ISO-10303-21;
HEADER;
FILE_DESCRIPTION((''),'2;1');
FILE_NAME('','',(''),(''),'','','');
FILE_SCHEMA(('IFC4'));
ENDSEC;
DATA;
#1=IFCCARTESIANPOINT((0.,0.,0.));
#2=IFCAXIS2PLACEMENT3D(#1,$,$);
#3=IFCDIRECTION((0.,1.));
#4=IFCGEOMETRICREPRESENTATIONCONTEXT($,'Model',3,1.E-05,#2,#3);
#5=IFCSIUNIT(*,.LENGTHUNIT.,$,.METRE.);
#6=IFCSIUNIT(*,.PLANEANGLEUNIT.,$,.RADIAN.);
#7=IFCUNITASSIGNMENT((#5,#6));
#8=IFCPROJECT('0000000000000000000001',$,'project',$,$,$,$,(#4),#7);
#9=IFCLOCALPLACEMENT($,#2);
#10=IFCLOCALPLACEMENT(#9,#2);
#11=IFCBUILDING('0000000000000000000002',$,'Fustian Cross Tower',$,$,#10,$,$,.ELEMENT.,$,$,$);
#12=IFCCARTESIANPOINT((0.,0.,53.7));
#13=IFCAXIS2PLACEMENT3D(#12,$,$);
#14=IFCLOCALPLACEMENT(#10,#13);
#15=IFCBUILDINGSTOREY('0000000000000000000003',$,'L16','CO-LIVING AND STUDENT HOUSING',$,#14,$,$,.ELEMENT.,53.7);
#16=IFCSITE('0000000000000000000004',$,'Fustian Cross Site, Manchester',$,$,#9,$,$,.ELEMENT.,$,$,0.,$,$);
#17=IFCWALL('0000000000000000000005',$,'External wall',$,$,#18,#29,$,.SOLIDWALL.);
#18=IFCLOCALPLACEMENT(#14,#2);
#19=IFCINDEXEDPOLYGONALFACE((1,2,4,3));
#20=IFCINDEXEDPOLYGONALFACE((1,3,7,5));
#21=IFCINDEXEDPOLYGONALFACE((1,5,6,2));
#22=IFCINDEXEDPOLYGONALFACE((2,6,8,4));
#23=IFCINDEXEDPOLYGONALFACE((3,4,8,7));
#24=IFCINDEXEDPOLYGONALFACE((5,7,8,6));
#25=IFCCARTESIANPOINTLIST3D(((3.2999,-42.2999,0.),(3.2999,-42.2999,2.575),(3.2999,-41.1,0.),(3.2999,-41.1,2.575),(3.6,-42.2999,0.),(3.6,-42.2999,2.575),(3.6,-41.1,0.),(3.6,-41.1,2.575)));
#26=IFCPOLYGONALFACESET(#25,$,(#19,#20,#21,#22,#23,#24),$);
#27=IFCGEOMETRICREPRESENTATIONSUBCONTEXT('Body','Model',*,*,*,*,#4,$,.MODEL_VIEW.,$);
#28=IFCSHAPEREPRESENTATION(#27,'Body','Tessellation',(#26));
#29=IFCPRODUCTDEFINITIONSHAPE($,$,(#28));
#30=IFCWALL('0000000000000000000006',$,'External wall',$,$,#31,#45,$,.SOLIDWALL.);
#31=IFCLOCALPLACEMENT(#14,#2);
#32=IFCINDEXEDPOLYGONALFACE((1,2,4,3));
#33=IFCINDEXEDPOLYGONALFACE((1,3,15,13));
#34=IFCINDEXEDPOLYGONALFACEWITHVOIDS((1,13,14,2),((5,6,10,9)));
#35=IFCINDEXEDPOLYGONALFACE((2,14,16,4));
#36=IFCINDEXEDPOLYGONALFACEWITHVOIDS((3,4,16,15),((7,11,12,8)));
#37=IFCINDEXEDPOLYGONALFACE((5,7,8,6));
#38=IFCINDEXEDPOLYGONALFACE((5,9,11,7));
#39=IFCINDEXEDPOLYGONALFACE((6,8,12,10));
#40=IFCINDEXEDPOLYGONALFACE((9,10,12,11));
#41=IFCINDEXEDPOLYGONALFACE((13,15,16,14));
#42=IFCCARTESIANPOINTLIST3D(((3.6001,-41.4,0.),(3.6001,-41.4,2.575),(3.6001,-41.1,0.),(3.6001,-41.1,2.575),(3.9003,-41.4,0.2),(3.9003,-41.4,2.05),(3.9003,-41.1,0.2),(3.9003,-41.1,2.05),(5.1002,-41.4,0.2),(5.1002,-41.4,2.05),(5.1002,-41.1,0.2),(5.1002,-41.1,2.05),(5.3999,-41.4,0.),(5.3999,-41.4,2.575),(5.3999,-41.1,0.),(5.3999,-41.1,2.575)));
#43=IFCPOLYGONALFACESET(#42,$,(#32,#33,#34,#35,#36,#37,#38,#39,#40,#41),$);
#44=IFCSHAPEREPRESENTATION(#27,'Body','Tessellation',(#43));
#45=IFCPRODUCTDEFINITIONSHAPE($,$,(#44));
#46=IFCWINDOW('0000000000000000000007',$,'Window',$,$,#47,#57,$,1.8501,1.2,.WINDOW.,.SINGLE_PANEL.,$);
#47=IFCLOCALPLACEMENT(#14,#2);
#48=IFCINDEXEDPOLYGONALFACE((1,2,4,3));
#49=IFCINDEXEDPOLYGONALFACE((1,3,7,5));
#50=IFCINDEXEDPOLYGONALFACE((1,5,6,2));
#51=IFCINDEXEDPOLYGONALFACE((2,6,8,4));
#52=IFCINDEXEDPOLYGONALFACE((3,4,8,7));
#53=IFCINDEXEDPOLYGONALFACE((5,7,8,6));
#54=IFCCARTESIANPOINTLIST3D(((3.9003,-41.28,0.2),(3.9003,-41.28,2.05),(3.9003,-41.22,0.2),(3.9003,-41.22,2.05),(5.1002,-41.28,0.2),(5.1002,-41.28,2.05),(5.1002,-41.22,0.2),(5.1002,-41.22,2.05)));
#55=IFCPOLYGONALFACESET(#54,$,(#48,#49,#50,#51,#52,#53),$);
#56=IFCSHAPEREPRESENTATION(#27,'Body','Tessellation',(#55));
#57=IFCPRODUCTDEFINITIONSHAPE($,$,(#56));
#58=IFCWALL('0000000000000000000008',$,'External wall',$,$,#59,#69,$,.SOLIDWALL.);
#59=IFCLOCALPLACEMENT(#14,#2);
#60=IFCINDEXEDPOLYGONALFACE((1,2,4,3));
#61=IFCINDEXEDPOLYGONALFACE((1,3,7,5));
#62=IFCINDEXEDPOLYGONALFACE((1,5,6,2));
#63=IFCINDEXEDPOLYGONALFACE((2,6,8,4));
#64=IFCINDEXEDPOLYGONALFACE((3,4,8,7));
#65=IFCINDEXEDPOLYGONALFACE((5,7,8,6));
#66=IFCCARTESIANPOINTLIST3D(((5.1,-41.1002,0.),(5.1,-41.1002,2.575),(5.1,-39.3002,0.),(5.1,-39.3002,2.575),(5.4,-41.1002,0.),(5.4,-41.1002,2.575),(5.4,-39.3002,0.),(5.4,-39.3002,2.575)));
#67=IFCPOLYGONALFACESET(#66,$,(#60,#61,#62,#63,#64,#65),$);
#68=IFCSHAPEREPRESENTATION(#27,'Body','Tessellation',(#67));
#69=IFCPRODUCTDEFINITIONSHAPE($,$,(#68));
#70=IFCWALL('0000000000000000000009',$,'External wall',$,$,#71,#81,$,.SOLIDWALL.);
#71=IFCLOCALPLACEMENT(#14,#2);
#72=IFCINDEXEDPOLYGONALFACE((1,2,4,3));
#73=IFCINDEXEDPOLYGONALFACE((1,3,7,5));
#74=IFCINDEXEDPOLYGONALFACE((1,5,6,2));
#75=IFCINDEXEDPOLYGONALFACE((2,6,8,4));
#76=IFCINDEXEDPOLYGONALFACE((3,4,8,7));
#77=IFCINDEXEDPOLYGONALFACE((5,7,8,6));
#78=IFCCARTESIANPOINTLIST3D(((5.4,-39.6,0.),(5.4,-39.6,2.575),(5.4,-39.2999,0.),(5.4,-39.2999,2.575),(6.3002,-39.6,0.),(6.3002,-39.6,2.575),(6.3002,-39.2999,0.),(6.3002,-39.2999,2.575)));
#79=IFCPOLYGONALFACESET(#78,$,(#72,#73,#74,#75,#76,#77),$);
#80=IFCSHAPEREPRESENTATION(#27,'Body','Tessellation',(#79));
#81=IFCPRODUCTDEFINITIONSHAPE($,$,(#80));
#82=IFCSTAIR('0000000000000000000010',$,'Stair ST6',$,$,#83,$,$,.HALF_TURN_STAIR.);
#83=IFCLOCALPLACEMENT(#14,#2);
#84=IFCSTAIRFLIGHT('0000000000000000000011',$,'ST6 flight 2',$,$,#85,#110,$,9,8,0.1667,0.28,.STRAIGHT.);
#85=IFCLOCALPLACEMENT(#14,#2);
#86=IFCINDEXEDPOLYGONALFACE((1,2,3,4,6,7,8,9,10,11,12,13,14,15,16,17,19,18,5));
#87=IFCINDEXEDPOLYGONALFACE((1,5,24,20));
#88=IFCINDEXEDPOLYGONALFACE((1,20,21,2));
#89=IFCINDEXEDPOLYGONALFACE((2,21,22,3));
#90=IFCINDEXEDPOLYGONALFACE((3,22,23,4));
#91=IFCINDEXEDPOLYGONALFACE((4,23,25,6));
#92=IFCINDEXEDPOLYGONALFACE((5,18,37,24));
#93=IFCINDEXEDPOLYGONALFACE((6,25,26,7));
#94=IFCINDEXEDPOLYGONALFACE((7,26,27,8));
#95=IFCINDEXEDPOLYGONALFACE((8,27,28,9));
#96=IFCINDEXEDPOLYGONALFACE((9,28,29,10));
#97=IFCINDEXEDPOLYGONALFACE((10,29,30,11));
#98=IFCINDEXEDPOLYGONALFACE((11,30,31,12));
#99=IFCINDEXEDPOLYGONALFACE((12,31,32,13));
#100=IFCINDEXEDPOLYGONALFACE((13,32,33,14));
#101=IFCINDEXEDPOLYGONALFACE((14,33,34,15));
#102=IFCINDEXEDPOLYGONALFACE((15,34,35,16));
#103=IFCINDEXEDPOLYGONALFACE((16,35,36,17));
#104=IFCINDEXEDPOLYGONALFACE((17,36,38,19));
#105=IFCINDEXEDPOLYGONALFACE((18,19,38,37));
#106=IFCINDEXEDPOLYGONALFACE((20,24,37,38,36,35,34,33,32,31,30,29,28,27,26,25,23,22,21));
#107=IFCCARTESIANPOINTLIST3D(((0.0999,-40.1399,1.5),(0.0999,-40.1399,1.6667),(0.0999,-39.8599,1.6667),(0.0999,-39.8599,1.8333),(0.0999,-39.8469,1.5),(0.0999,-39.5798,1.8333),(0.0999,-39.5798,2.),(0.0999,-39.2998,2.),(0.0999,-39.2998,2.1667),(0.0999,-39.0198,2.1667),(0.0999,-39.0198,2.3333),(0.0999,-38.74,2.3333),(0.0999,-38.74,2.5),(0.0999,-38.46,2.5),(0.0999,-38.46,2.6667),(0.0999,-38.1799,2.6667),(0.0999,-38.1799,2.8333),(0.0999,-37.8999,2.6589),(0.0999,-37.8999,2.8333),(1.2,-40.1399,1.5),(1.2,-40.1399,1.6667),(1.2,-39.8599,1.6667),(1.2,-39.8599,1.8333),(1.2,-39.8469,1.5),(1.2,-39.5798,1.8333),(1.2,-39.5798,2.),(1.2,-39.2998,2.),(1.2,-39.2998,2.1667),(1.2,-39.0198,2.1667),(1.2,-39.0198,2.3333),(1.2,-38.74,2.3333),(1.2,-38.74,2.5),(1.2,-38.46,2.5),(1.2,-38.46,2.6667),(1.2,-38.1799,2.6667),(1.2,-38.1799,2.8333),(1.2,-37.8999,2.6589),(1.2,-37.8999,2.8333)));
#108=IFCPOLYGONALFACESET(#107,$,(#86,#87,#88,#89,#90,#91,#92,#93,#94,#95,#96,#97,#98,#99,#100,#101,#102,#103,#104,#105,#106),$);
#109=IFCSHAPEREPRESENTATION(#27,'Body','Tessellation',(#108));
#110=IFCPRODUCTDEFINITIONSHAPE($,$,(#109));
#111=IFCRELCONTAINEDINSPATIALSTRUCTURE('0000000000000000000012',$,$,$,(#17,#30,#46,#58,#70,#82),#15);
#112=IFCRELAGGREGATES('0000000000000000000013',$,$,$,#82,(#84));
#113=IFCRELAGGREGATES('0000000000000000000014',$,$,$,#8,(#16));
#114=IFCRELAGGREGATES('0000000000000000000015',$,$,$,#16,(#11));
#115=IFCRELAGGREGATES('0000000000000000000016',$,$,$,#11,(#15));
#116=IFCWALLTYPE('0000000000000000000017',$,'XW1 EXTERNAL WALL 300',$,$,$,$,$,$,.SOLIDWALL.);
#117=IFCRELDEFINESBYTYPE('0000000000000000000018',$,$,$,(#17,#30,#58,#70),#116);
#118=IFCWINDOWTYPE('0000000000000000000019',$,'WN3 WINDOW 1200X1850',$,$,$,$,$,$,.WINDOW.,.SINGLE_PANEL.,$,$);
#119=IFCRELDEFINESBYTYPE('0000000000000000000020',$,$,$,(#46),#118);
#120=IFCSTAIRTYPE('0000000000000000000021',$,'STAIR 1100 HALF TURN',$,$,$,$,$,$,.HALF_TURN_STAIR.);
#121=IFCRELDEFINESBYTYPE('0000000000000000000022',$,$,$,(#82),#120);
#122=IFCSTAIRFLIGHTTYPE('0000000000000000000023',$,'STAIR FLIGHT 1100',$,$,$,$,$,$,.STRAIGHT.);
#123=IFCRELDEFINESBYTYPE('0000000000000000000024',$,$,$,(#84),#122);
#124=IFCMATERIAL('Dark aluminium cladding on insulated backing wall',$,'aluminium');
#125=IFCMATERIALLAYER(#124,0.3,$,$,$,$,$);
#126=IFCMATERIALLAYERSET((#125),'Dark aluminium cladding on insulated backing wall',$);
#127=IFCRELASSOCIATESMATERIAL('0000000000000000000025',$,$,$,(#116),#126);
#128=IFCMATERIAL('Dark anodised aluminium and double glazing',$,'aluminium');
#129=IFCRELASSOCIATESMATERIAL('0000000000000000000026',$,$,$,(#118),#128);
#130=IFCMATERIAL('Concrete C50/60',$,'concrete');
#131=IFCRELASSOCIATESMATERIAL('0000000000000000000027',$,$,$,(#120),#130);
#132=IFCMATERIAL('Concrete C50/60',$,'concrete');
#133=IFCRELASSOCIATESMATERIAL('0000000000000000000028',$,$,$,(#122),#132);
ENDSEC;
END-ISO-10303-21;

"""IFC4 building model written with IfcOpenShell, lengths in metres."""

from ifc_helpers import new_model, si_unit, direction, frame, frame_2d, origin, place, context, subcontext, project, spatial, polyline, rectangle, outline, extrude, material, layer, layer_set, type_object, element, fill, aggregate, save


model = new_model("IFC4")

# Units and contexts
model_context = context("Model", 3, precision=1e-05, world=origin(), true_north=direction((0.0, 1.0)))
body_context = subcontext(model_context, "Body", "Model", "MODEL_VIEW")
ifc_project = project(units=[si_unit("LENGTHUNIT", "METRE"), si_unit("PLANEANGLEUNIT", "RADIAN")], contexts=[model_context])

# Site, building, storey
site_placement = place(None, origin())
site = spatial("IfcSite", under=ifc_project, at=site_placement, Name="Fustian Cross Site, Manchester", CompositionType="ELEMENT", RefElevation=0.0)
building_placement = place(site_placement, origin())
building = spatial("IfcBuilding", under=site, at=building_placement, Name="Fustian Cross Tower", CompositionType="ELEMENT")
storey_placement = place(building_placement, frame((0.0, 0.0, 53.7)))
storey = spatial("IfcBuildingStorey", under=building, at=storey_placement, Name="L16", Description="CO-LIVING AND STUDENT HOUSING", CompositionType="ELEMENT", Elevation=53.7)

# Wall
ifc_material_1 = material(Name="Dark aluminium cladding on insulated backing wall", Category="aluminium")
ifc_layer_1 = layer(ifc_material_1, 0.3)
ifc_layer_set_1 = layer_set([ifc_layer_1], Name="Dark aluminium cladding on insulated backing wall")
wall_type_1 = type_object("IfcWallType", Name="XW1 EXTERNAL WALL 300", PredefinedType="SOLIDWALL", material=ifc_layer_set_1)
wall_1_placement = place(storey_placement, frame((3.45, -42.3, 0.0), z_axis=(0.0, 0.0, 1.0), x_axis=(0.0, 1.0, 0.0)))
element("IfcWall", 1, at=wall_1_placement, inside=storey, type_object=wall_type_1, Name="External wall", PredefinedType="SOLIDWALL", context=body_context, shape_type="SweptSolid", body=[
    extrude(rectangle(XDim=1.2, YDim=0.3, at=frame_2d((0.6001, 0.0))), origin(), (0.0, 0.0, 1.0), 2.575),
])

# Wall, opening, window
wall_2_placement = place(storey_placement, frame((3.6001, -41.25, 0.0), z_axis=(0.0, 0.0, 1.0), x_axis=(1.0, 0.0, 0.0)))
wall_2 = element("IfcWall", 2, at=wall_2_placement, inside=storey, type_object=wall_type_1, Name="External wall", PredefinedType="SOLIDWALL", context=body_context, shape_type="SweptSolid", body=[
    extrude(rectangle(XDim=1.7998, YDim=0.3, at=frame_2d((0.8999, 0.0))), origin(), (0.0, 0.0, 1.0), 2.575),
])
opening_1_placement = place(wall_2_placement, frame((0.3, 0.0, 0.2)))
opening_1 = element("IfcOpeningElement", 3, at=opening_1_placement, cuts=wall_2, PredefinedType="OPENING", context=body_context, shape_type="SweptSolid", body=[
    extrude(rectangle(XDim=1.2, YDim=1.8501, at=frame_2d((0.6001, 0.925))), frame((0.0, 0.1599, 0.0), z_axis=(0.0, -1.0, 0.0), x_axis=(1.0, 0.0, 0.0)), (0.0, 0.0, 1.0), 0.3201),
])
ifc_material_2 = material(Name="Dark anodised aluminium and double glazing", Category="aluminium")
window_type = type_object("IfcWindowType", Name="WN3 WINDOW 1200X1850", PartitioningType="SINGLE_PANEL", PredefinedType="WINDOW", material=ifc_material_2)
window_placement = place(opening_1_placement, origin())
window = element("IfcWindow", 4, at=window_placement, inside=storey, type_object=window_type, Name="Window", OverallHeight=1.8501, OverallWidth=1.2, PartitioningType="SINGLE_PANEL", PredefinedType="WINDOW", context=body_context, shape_type="SweptSolid", body=[
    extrude(rectangle(XDim=1.2, YDim=1.8501, at=frame_2d((0.6001, 0.925))), frame((0.0, 0.03, 0.0), z_axis=(0.0, -1.0, 0.0), x_axis=(1.0, 0.0, 0.0)), (0.0, 0.0, 1.0), 0.0601),
])
fill(opening_1, window)

# Walls
wall_3_placement = place(storey_placement, frame((5.25, -41.1001, 0.0), z_axis=(0.0, 0.0, 1.0), x_axis=(0.0, 1.0, 0.0)))
element("IfcWall", 5, at=wall_3_placement, inside=storey, type_object=wall_type_1, Name="External wall", PredefinedType="SOLIDWALL", context=body_context, shape_type="SweptSolid", body=[
    extrude(rectangle(XDim=1.8, YDim=0.3, at=frame_2d((0.8999, 0.0))), origin(), (0.0, 0.0, 1.0), 2.575),
])
wall_4_placement = place(storey_placement, frame((5.3999, -39.45, 0.0), z_axis=(0.0, 0.0, 1.0), x_axis=(1.0, 0.0, 0.0)))
element("IfcWall", 6, at=wall_4_placement, inside=storey, type_object=wall_type_1, Name="External wall", PredefinedType="SOLIDWALL", context=body_context, shape_type="SweptSolid", body=[
    extrude(rectangle(XDim=0.9001, YDim=0.3, at=frame_2d((0.4502, 0.0))), origin(), (0.0, 0.0, 1.0), 2.575),
])

# Stair, stair flight
ifc_material_3 = material(Name="Concrete C50/60", Category="concrete")
stair_type = type_object("IfcStairType", Name="STAIR 1100 HALF TURN", PredefinedType="HALF_TURN_STAIR", material=ifc_material_3)
stair_placement = place(storey_placement, origin())
stair = element("IfcStair", 7, at=stair_placement, inside=storey, type_object=stair_type, Name="Stair ST6", PredefinedType="HALF_TURN_STAIR")
ifc_material_4 = material(Name="Concrete C50/60", Category="concrete")
stair_flight_type = type_object("IfcStairFlightType", Name="STAIR FLIGHT 1100", PredefinedType="STRAIGHT", material=ifc_material_4)
stair_flight_placement = place(storey_placement, frame((0.6499, -40.1399, 1.5), z_axis=(0.0, 0.0, 1.0), x_axis=(0.0, 1.0, 0.0)))
stair_flight = element("IfcStairFlight", 8, at=stair_flight_placement, type_object=stair_flight_type, Name="ST6 flight 2", NumberOfRisers=9, NumberOfTreads=8, PredefinedType="STRAIGHT", RiserHeight=0.1667, TreadLength=0.28, context=body_context, shape_type="SweptSolid", body=[
    extrude(outline(polyline([(0.0, 0.0), (0.0, 0.1667), (0.28, 0.1667), (0.28, 0.3333), (0.5601, 0.3333), (0.5601, 0.5), (0.8401, 0.5), (0.8401, 0.6667), (1.1201, 0.6667), (1.1201, 0.8333), (1.3999, 0.8333), (1.3999, 1.0), (1.6799, 1.0), (1.6799, 1.1667), (1.96, 1.1667), (1.96, 1.3333), (2.24, 1.3333), (2.24, 1.5), (2.24, 1.1589), (0.293, 0.0), (0.0, 0.0)])), frame((0.0, 0.55, 0.0), z_axis=(0.0, -1.0, 0.0), x_axis=(1.0, 0.0, 0.0)), (0.0, 0.0, 1.0), 1.1001),
])
aggregate(stair, [stair_flight])

save(model, "model.ifc")
